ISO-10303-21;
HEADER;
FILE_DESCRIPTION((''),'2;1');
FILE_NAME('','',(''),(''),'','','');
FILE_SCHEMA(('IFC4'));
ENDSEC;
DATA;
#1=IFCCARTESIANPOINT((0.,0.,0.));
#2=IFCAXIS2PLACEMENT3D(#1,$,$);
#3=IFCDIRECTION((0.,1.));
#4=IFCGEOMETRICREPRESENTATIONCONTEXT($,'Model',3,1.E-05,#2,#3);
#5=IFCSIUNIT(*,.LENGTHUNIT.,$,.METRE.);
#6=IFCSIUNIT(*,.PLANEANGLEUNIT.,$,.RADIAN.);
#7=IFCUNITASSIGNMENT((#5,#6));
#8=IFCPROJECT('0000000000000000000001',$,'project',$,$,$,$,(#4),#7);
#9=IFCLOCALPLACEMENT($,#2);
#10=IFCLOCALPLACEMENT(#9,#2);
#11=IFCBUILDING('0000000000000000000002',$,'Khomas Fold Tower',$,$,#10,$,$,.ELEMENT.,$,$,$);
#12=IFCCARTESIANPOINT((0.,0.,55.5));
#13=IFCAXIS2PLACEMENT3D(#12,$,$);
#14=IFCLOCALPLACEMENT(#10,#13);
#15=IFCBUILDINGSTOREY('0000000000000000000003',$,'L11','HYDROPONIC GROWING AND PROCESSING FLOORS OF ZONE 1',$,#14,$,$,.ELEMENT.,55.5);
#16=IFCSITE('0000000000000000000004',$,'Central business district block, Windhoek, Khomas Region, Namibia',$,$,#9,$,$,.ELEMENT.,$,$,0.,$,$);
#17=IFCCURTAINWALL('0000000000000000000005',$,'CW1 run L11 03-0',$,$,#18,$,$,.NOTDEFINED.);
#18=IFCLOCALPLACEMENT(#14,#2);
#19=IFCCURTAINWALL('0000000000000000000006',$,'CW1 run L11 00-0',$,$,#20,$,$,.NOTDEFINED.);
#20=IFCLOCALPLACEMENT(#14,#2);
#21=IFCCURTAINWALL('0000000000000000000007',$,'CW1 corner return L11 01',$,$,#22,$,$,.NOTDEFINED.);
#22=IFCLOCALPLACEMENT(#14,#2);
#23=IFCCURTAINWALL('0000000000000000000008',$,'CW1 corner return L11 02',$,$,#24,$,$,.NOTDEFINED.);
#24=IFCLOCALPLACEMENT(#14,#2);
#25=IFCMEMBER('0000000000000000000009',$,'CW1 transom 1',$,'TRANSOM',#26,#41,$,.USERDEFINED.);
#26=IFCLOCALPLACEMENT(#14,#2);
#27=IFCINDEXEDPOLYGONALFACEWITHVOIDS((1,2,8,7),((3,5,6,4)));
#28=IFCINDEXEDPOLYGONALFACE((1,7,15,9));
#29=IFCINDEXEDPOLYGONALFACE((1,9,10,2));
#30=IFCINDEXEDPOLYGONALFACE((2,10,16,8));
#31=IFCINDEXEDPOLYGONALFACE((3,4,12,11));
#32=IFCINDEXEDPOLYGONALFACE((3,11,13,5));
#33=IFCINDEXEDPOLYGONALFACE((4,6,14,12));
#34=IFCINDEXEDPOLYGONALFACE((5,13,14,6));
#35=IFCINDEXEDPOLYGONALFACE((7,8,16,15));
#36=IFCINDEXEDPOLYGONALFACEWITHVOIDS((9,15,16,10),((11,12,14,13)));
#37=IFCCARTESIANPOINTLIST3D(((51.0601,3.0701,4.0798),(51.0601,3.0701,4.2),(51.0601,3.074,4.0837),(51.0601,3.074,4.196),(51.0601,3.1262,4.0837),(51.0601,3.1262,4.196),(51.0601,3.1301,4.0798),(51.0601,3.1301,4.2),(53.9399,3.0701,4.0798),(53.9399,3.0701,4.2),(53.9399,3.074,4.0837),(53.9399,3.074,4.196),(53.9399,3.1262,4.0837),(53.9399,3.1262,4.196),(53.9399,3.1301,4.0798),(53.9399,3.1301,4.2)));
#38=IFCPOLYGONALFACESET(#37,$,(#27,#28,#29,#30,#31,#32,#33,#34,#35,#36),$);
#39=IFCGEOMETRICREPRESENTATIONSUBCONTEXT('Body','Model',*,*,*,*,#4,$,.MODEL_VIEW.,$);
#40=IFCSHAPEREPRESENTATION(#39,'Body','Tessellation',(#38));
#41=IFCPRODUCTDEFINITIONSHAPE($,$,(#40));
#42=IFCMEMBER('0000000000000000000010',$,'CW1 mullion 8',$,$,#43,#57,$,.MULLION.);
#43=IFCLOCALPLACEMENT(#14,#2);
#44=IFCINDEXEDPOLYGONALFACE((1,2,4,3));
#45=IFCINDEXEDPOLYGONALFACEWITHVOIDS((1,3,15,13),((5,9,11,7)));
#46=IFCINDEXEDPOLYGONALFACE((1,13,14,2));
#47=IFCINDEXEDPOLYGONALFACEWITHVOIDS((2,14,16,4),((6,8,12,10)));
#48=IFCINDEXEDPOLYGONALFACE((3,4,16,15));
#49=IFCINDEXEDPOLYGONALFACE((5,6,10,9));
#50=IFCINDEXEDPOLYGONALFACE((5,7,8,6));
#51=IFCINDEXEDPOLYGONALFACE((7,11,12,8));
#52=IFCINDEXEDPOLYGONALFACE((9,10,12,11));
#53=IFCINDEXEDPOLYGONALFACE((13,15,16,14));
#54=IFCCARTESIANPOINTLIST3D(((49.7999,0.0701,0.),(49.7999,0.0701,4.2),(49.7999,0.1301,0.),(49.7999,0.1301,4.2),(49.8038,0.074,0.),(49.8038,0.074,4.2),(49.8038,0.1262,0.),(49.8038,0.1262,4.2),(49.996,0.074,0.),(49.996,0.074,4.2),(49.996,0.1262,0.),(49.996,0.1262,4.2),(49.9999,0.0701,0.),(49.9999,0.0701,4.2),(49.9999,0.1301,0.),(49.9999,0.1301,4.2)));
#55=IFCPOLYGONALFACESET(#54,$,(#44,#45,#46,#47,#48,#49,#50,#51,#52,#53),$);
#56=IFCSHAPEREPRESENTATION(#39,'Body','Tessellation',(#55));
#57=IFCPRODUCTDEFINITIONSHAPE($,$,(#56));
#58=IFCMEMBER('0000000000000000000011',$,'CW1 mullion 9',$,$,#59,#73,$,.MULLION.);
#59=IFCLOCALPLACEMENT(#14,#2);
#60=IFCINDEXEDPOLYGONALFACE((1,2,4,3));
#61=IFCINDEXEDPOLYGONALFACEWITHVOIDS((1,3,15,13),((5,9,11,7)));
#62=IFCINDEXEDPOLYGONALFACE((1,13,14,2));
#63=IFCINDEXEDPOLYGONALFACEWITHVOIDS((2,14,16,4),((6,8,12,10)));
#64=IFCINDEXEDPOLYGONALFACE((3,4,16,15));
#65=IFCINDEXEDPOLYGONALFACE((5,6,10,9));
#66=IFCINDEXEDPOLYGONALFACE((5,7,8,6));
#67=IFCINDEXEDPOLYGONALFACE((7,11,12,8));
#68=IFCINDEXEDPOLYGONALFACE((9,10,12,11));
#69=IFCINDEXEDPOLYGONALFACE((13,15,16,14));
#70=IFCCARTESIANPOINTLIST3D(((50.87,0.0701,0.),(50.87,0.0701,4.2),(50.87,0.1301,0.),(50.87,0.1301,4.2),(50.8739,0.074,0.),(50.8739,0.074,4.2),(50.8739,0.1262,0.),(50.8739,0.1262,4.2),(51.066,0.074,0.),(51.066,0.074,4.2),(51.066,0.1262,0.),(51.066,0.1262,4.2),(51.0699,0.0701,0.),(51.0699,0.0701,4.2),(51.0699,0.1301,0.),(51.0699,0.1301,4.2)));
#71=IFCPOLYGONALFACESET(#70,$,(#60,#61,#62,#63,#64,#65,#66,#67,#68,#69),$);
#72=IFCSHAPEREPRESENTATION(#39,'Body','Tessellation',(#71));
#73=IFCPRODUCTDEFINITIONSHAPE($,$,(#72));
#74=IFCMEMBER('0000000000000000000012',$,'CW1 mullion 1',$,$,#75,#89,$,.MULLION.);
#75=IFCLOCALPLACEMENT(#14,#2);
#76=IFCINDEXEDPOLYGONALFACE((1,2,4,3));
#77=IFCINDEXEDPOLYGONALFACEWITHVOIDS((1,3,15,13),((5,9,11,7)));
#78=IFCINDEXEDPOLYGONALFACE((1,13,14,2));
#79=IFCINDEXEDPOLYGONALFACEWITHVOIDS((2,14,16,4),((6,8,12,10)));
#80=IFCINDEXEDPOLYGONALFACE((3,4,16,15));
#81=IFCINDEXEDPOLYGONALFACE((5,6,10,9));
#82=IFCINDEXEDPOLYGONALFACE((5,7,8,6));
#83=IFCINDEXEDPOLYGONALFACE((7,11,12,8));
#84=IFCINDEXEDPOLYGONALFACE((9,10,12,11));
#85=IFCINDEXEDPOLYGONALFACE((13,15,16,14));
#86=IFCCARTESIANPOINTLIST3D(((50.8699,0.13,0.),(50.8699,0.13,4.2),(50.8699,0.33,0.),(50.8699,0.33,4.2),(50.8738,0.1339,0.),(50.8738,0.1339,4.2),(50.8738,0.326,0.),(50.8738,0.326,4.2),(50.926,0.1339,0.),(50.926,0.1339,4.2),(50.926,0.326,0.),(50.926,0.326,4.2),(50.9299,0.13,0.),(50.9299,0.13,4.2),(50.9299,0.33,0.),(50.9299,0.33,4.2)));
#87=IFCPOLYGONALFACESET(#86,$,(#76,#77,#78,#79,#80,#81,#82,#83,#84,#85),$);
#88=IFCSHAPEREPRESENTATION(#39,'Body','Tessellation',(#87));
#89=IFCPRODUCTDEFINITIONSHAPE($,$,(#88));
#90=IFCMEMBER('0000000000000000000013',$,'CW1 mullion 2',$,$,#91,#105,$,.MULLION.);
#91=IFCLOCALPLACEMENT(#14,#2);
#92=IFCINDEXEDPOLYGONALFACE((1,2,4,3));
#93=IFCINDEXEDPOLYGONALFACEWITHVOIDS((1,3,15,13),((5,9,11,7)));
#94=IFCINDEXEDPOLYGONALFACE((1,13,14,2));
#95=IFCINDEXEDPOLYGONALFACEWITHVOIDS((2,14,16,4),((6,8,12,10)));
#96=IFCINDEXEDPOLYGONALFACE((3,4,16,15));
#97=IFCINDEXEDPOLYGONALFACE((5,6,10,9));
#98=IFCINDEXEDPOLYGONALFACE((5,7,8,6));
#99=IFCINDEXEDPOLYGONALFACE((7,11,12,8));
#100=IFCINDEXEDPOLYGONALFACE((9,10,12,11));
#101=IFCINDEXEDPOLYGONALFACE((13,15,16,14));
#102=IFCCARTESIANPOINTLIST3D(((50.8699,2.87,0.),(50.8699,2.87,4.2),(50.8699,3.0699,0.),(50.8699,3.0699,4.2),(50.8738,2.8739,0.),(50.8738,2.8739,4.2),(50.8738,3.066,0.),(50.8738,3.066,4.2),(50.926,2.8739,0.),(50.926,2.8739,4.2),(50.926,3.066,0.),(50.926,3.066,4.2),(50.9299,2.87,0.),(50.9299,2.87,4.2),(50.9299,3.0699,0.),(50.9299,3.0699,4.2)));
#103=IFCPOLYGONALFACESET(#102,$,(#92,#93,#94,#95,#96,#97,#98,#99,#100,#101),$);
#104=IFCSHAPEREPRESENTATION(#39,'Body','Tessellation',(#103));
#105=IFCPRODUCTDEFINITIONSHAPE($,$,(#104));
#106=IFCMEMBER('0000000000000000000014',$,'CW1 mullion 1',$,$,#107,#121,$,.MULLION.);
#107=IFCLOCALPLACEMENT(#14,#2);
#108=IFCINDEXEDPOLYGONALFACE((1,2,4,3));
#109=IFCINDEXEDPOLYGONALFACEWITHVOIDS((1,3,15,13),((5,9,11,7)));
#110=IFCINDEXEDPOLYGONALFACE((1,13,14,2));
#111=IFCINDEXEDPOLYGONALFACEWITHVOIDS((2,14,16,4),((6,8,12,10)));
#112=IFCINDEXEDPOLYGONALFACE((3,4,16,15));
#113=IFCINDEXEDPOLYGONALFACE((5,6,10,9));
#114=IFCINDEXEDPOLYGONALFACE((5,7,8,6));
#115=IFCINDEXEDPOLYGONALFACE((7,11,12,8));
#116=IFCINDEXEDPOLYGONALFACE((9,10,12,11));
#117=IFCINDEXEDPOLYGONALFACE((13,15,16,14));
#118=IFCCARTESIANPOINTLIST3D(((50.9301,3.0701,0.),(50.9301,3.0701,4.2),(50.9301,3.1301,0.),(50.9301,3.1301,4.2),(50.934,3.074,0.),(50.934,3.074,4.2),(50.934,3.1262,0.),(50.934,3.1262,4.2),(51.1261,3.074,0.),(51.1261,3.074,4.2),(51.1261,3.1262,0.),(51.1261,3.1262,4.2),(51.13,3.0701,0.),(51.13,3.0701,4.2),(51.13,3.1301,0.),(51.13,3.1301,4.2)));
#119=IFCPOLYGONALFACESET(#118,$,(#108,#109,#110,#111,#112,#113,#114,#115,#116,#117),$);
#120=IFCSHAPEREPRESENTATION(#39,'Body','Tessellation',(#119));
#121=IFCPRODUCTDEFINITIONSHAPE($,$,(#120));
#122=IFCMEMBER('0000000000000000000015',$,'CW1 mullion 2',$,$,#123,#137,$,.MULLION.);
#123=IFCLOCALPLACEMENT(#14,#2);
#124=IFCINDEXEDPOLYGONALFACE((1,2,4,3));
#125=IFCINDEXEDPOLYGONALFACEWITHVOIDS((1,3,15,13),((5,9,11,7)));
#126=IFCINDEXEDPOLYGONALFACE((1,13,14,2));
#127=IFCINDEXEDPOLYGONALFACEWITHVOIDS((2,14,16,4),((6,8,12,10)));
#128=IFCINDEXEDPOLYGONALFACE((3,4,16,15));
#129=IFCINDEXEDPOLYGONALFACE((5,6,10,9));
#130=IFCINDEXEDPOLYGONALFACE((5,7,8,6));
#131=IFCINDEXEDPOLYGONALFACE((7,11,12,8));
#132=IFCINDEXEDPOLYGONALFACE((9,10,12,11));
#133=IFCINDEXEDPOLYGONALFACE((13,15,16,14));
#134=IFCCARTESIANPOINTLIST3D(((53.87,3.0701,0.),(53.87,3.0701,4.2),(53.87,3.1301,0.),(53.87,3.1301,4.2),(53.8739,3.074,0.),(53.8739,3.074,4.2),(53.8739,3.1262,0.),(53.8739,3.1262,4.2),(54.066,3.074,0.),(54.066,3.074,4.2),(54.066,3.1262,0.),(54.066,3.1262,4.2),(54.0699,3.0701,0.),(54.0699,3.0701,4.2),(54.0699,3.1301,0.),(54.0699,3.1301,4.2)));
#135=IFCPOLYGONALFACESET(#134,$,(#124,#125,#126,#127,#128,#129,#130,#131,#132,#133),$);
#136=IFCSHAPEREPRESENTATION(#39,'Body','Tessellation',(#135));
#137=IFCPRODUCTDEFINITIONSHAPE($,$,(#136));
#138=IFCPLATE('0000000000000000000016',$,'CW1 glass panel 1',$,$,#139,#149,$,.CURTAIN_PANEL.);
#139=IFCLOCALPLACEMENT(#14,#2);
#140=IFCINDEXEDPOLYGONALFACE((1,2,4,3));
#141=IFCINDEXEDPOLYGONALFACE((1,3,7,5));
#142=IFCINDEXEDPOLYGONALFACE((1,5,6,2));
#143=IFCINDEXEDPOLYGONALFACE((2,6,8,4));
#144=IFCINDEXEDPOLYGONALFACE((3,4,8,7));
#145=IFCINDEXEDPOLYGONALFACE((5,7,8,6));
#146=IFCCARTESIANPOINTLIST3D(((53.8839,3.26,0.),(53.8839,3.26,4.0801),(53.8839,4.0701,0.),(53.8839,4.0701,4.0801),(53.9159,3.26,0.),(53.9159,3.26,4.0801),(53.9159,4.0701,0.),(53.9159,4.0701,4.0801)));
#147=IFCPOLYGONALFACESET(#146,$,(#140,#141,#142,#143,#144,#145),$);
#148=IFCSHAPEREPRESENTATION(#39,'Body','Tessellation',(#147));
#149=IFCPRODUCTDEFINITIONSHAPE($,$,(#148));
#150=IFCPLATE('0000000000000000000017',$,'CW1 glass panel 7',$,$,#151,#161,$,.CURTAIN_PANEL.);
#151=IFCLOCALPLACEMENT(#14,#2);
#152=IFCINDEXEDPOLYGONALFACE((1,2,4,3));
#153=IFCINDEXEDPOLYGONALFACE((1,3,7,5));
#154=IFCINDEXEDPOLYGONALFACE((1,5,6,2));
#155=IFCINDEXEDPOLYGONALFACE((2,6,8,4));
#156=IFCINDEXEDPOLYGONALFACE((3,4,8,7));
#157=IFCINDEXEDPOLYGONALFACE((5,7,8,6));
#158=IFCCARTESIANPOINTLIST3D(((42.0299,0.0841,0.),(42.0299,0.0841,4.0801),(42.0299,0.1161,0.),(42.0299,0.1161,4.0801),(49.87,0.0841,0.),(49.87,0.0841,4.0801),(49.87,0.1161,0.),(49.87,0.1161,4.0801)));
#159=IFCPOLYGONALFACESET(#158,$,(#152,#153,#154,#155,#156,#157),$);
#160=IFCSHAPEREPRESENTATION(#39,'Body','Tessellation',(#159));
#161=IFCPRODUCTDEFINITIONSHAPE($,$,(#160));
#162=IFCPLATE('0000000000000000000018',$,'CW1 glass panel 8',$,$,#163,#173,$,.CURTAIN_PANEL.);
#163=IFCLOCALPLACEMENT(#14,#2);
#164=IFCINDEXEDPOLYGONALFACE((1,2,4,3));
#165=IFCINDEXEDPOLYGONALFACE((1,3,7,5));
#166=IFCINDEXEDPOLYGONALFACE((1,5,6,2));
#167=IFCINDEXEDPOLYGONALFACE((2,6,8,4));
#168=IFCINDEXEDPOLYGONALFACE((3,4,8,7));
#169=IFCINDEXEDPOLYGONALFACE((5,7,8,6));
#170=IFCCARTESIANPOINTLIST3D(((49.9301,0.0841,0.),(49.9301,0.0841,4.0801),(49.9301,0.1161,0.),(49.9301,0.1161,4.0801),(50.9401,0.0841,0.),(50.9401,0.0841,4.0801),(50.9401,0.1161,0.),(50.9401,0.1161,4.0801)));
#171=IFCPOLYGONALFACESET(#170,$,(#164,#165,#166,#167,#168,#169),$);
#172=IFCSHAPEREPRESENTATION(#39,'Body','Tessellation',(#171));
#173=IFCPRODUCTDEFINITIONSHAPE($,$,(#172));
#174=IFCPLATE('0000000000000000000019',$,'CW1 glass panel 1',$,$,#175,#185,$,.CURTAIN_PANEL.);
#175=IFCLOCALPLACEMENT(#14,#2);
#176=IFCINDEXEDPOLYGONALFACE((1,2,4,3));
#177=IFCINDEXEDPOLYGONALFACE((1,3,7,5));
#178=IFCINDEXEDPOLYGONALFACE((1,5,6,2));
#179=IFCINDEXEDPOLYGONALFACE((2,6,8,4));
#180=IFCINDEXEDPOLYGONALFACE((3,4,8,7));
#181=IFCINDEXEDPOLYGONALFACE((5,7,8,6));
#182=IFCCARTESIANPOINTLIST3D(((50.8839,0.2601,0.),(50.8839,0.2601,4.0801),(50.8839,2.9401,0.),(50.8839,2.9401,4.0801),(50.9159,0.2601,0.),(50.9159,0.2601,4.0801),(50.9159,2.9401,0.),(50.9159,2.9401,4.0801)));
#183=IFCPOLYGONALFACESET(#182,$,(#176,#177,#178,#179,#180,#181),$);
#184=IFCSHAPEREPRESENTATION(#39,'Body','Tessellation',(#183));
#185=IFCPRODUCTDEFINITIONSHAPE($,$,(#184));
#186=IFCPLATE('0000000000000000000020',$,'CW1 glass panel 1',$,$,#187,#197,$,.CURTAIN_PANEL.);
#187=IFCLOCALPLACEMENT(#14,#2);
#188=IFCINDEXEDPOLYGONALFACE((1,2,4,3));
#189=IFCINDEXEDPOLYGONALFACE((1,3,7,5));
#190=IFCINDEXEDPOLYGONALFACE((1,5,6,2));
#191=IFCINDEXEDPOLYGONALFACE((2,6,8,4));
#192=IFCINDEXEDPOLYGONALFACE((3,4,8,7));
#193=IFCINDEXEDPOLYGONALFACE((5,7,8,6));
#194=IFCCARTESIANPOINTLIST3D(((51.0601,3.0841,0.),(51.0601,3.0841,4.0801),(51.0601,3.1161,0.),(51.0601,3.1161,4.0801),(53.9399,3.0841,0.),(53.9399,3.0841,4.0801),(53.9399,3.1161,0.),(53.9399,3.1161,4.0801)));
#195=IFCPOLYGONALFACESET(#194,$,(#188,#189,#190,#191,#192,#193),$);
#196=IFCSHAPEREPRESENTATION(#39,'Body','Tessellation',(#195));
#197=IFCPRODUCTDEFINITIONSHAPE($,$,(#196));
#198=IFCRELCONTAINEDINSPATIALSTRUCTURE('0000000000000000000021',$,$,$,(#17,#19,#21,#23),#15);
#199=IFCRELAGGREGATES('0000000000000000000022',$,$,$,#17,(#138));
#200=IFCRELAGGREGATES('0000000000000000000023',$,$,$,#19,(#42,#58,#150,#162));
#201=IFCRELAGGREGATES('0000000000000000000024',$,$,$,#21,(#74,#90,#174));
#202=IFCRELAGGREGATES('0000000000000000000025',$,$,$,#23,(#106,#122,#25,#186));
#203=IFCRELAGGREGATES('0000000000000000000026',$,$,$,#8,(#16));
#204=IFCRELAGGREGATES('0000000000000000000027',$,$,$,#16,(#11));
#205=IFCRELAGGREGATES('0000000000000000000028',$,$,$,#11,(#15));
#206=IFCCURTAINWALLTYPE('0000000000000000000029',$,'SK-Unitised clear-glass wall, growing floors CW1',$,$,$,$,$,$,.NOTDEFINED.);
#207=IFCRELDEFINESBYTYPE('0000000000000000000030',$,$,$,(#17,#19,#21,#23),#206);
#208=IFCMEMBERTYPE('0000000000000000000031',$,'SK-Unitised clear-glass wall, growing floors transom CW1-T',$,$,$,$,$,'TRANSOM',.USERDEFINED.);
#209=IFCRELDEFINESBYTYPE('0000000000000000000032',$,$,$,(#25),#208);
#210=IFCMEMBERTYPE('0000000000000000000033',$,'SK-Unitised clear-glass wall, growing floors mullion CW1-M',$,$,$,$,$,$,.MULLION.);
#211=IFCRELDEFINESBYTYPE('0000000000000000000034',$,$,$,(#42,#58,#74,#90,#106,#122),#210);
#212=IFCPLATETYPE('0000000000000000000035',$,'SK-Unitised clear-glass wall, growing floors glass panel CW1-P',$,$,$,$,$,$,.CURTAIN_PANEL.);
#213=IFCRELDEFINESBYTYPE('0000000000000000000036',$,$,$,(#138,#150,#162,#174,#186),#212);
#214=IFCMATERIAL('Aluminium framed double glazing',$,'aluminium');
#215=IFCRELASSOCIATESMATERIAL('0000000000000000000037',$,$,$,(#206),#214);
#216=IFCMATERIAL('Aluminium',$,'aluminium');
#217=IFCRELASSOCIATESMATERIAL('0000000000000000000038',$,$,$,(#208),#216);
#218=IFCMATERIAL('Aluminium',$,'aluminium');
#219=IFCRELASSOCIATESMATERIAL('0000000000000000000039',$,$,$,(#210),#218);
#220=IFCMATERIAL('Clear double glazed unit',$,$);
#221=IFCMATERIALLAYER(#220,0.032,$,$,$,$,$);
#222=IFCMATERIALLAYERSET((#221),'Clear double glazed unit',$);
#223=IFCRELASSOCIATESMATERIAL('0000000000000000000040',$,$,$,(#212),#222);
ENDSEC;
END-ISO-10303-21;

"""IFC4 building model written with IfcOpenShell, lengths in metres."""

from ifc_helpers import new_model, si_unit, direction, frame, origin, origin_2d, place, context, subcontext, project, spatial, rectangle, hollow_rectangle, extrude, source, transform, mapped, material, layer, layer_set, material_profile, profile_set, type_object, element, aggregate, save


model = new_model("IFC4")

# Units and contexts
model_context = context("Model", 3, precision=1e-05, world=origin(), true_north=direction((0.0, 1.0)))
body_context = subcontext(model_context, "Body", "Model", "MODEL_VIEW")
ifc_project = project(units=[si_unit("LENGTHUNIT", "METRE"), si_unit("PLANEANGLEUNIT", "RADIAN")], contexts=[model_context])

# Site, building, storey
site_placement = place(None, origin())
site = spatial("IfcSite", under=ifc_project, at=site_placement, Name="Central business district block, Windhoek, Khomas Region, Namibia", CompositionType="ELEMENT", RefElevation=0.0)
building_placement = place(site_placement, origin())
building = spatial("IfcBuilding", under=site, at=building_placement, Name="Khomas Fold Tower", CompositionType="ELEMENT")
storey_placement = place(building_placement, frame((0.0, 0.0, 55.5)))
storey = spatial("IfcBuildingStorey", under=building, at=storey_placement, Name="L11", Description="HYDROPONIC GROWING AND PROCESSING FLOORS OF ZONE 1", CompositionType="ELEMENT", Elevation=55.5)

# Curtain wall
ifc_material_1 = material(Name="Aluminium framed double glazing", Category="aluminium")
curtain_wall_type = type_object("IfcCurtainWallType", Name="SK-Unitised clear-glass wall, growing floors CW1", PredefinedType="NOTDEFINED", material=ifc_material_1)
curtain_wall_1_placement = place(storey_placement, origin())
curtain_wall_1 = element("IfcCurtainWall", 1, at=curtain_wall_1_placement, inside=storey, type_object=curtain_wall_type, Name="CW1 run L11 03-0", PredefinedType="NOTDEFINED")
ifc_material_2 = material(Name="Aluminium", Category="aluminium")
ifc_material_profile_1 = material_profile(ifc_material_2, hollow_rectangle(XDim=0.0601, YDim=0.1201, WallThickness=0.0039, at=origin_2d()), Name="SK-Unitised clear-glass wall, growing floors transom CW1-T")
ifc_profile_set_1 = profile_set([ifc_material_profile_1], Name="Aluminium")
member_type_1 = type_object("IfcMemberType", Name="SK-Unitised clear-glass wall, growing floors transom CW1-T", ElementType="TRANSOM", PredefinedType="USERDEFINED", material=ifc_profile_set_1)

# Curtain wall
curtain_wall_2_placement = place(storey_placement, origin())
curtain_wall_2 = element("IfcCurtainWall", 2, at=curtain_wall_2_placement, inside=storey, type_object=curtain_wall_type, Name="CW1 run L11 00-0", PredefinedType="NOTDEFINED")

# Curtain walls, member
curtain_wall_3_placement = place(storey_placement, origin())
curtain_wall_3 = element("IfcCurtainWall", 3, at=curtain_wall_3_placement, inside=storey, type_object=curtain_wall_type, Name="CW1 corner return L11 01", PredefinedType="NOTDEFINED")
curtain_wall_4_placement = place(storey_placement, origin())
curtain_wall_4 = element("IfcCurtainWall", 4, at=curtain_wall_4_placement, inside=storey, type_object=curtain_wall_type, Name="CW1 corner return L11 02", PredefinedType="NOTDEFINED")
shared_shape_1 = source(origin(), body_context, "Body", "SweptSolid", [
    extrude(hollow_rectangle(XDim=0.0601, YDim=0.1201, WallThickness=0.0039, at=origin_2d()), origin(), (0.0, 0.0, 1.0), 2.8799),
])
member_1_placement = place(storey_placement, frame((51.0601, 3.1001, 4.1399), z_axis=(1.0, 0.0, 0.0), x_axis=(0.0, 1.0, 0.0)))
member_1 = element("IfcMember", 5, at=member_1_placement, type_object=member_type_1, Name="CW1 transom 1", ObjectType="TRANSOM", PredefinedType="USERDEFINED", context=body_context, shape_type="MappedRepresentation", body=[
    mapped(shared_shape_1, transform((0.0, 0.0, 0.0))),
])

# Members
ifc_material_3 = material(Name="Aluminium", Category="aluminium")
ifc_material_profile_2 = material_profile(ifc_material_3, hollow_rectangle(XDim=0.0601, YDim=0.2, WallThickness=0.0039, at=origin_2d()), Name="SK-Unitised clear-glass wall, growing floors mullion CW1-M")
ifc_profile_set_2 = profile_set([ifc_material_profile_2], Name="Aluminium")
member_type_2 = type_object("IfcMemberType", Name="SK-Unitised clear-glass wall, growing floors mullion CW1-M", PredefinedType="MULLION", material=ifc_profile_set_2)
shared_shape_2 = source(origin(), body_context, "Body", "SweptSolid", [
    extrude(hollow_rectangle(XDim=0.0601, YDim=0.2, WallThickness=0.0039, at=origin_2d()), origin(), (0.0, 0.0, 1.0), 4.2),
])
member_2_placement = place(storey_placement, frame((49.8999, 0.1001, 0.0), z_axis=(0.0, 0.0, 1.0), x_axis=(0.0, 1.0, 0.0)))
member_2 = element("IfcMember", 6, at=member_2_placement, type_object=member_type_2, Name="CW1 mullion 8", PredefinedType="MULLION", context=body_context, shape_type="MappedRepresentation", body=[
    mapped(shared_shape_2, transform((0.0, 0.0, 0.0))),
])
member_3_placement = place(storey_placement, frame((50.97, 0.1001, 0.0), z_axis=(0.0, 0.0, 1.0), x_axis=(0.0, 1.0, 0.0)))
member_3 = element("IfcMember", 7, at=member_3_placement, type_object=member_type_2, Name="CW1 mullion 9", PredefinedType="MULLION", context=body_context, shape_type="MappedRepresentation", body=[
    mapped(shared_shape_2, transform((0.0, 0.0, 0.0))),
])
member_4_placement = place(storey_placement, frame((50.8999, 0.23, 0.0), z_axis=(0.0, 0.0, 1.0), x_axis=(-1.0, 0.0, 0.0)))
member_4 = element("IfcMember", 8, at=member_4_placement, type_object=member_type_2, Name="CW1 mullion 1", PredefinedType="MULLION", context=body_context, shape_type="MappedRepresentation", body=[
    mapped(shared_shape_2, transform((0.0, 0.0, 0.0))),
])
member_5_placement = place(storey_placement, frame((50.8999, 2.97, 0.0), z_axis=(0.0, 0.0, 1.0), x_axis=(-1.0, 0.0, 0.0)))
member_5 = element("IfcMember", 9, at=member_5_placement, type_object=member_type_2, Name="CW1 mullion 2", PredefinedType="MULLION", context=body_context, shape_type="MappedRepresentation", body=[
    mapped(shared_shape_2, transform((0.0, 0.0, 0.0))),
])
member_6_placement = place(storey_placement, frame((51.03, 3.1001, 0.0), z_axis=(0.0, 0.0, 1.0), x_axis=(0.0, 1.0, 0.0)))
member_6 = element("IfcMember", 10, at=member_6_placement, type_object=member_type_2, Name="CW1 mullion 1", PredefinedType="MULLION", context=body_context, shape_type="MappedRepresentation", body=[
    mapped(shared_shape_2, transform((0.0, 0.0, 0.0))),
])
member_7_placement = place(storey_placement, frame((53.97, 3.1001, 0.0), z_axis=(0.0, 0.0, 1.0), x_axis=(0.0, 1.0, 0.0)))
member_7 = element("IfcMember", 11, at=member_7_placement, type_object=member_type_2, Name="CW1 mullion 2", PredefinedType="MULLION", context=body_context, shape_type="MappedRepresentation", body=[
    mapped(shared_shape_2, transform((0.0, 0.0, 0.0))),
])

# Plates
ifc_material_4 = material(Name="Clear double glazed unit")
ifc_layer = layer(ifc_material_4, 0.032)
ifc_layer_set = layer_set([ifc_layer], Name="Clear double glazed unit")
plate_type = type_object("IfcPlateType", Name="SK-Unitised clear-glass wall, growing floors glass panel CW1-P", PredefinedType="CURTAIN_PANEL", material=ifc_layer_set)
shared_shape_3 = source(origin(), body_context, "Body", "SweptSolid", [
    extrude(rectangle(XDim=0.8101, YDim=0.032, at=origin_2d()), origin(), (0.0, 0.0, 1.0), 4.0801),
])
plate_1_placement = place(storey_placement, frame((53.8999, 3.665, 0.0), z_axis=(0.0, 0.0, 1.0), x_axis=(0.0, 1.0, 0.0)))
plate_1 = element("IfcPlate", 12, at=plate_1_placement, type_object=plate_type, Name="CW1 glass panel 1", PredefinedType="CURTAIN_PANEL", context=body_context, shape_type="MappedRepresentation", body=[
    mapped(shared_shape_3, transform((0.0, 0.0, 0.0))),
])
aggregate(curtain_wall_1, [plate_1])
shared_shape_4 = source(origin(), body_context, "Body", "SweptSolid", [
    extrude(rectangle(XDim=7.8401, YDim=0.032, at=origin_2d()), origin(), (0.0, 0.0, 1.0), 4.0801),
])
plate_2_placement = place(storey_placement, frame((45.95, 0.1001, 0.0), z_axis=(0.0, 0.0, 1.0), x_axis=(1.0, 0.0, 0.0)))
plate_2 = element("IfcPlate", 13, at=plate_2_placement, type_object=plate_type, Name="CW1 glass panel 7", PredefinedType="CURTAIN_PANEL", context=body_context, shape_type="MappedRepresentation", body=[
    mapped(shared_shape_4, transform((0.0, 0.0, 0.0))),
])
shared_shape_5 = source(origin(), body_context, "Body", "SweptSolid", [
    extrude(rectangle(XDim=1.01, YDim=0.032, at=origin_2d()), origin(), (0.0, 0.0, 1.0), 4.0801),
])
plate_3_placement = place(storey_placement, frame((50.4351, 0.1001, 0.0), z_axis=(0.0, 0.0, 1.0), x_axis=(1.0, 0.0, 0.0)))
plate_3 = element("IfcPlate", 14, at=plate_3_placement, type_object=plate_type, Name="CW1 glass panel 8", PredefinedType="CURTAIN_PANEL", context=body_context, shape_type="MappedRepresentation", body=[
    mapped(shared_shape_5, transform((0.0, 0.0, 0.0))),
])
aggregate(curtain_wall_2, [member_2, member_3, plate_2, plate_3])
shared_shape_6 = source(origin(), body_context, "Body", "SweptSolid", [
    extrude(rectangle(XDim=2.6799, YDim=0.032, at=origin_2d()), origin(), (0.0, 0.0, 1.0), 4.0801),
])
plate_4_placement = place(storey_placement, frame((50.8999, 1.6001, 0.0), z_axis=(0.0, 0.0, 1.0), x_axis=(0.0, 1.0, 0.0)))
plate_4 = element("IfcPlate", 15, at=plate_4_placement, type_object=plate_type, Name="CW1 glass panel 1", PredefinedType="CURTAIN_PANEL", context=body_context, shape_type="MappedRepresentation", body=[
    mapped(shared_shape_6, transform((0.0, 0.0, 0.0))),
])
aggregate(curtain_wall_3, [member_4, member_5, plate_4])
shared_shape_7 = source(origin(), body_context, "Body", "SweptSolid", [
    extrude(rectangle(XDim=2.8799, YDim=0.032, at=origin_2d()), origin(), (0.0, 0.0, 1.0), 4.0801),
])
plate_5_placement = place(storey_placement, frame((52.5, 3.1001, 0.0), z_axis=(0.0, 0.0, 1.0), x_axis=(1.0, 0.0, 0.0)))
plate_5 = element("IfcPlate", 16, at=plate_5_placement, type_object=plate_type, Name="CW1 glass panel 1", PredefinedType="CURTAIN_PANEL", context=body_context, shape_type="MappedRepresentation", body=[
    mapped(shared_shape_7, transform((0.0, 0.0, 0.0))),
])
aggregate(curtain_wall_4, [member_6, member_7, member_1, plate_5])

save(model, "model.ifc")
